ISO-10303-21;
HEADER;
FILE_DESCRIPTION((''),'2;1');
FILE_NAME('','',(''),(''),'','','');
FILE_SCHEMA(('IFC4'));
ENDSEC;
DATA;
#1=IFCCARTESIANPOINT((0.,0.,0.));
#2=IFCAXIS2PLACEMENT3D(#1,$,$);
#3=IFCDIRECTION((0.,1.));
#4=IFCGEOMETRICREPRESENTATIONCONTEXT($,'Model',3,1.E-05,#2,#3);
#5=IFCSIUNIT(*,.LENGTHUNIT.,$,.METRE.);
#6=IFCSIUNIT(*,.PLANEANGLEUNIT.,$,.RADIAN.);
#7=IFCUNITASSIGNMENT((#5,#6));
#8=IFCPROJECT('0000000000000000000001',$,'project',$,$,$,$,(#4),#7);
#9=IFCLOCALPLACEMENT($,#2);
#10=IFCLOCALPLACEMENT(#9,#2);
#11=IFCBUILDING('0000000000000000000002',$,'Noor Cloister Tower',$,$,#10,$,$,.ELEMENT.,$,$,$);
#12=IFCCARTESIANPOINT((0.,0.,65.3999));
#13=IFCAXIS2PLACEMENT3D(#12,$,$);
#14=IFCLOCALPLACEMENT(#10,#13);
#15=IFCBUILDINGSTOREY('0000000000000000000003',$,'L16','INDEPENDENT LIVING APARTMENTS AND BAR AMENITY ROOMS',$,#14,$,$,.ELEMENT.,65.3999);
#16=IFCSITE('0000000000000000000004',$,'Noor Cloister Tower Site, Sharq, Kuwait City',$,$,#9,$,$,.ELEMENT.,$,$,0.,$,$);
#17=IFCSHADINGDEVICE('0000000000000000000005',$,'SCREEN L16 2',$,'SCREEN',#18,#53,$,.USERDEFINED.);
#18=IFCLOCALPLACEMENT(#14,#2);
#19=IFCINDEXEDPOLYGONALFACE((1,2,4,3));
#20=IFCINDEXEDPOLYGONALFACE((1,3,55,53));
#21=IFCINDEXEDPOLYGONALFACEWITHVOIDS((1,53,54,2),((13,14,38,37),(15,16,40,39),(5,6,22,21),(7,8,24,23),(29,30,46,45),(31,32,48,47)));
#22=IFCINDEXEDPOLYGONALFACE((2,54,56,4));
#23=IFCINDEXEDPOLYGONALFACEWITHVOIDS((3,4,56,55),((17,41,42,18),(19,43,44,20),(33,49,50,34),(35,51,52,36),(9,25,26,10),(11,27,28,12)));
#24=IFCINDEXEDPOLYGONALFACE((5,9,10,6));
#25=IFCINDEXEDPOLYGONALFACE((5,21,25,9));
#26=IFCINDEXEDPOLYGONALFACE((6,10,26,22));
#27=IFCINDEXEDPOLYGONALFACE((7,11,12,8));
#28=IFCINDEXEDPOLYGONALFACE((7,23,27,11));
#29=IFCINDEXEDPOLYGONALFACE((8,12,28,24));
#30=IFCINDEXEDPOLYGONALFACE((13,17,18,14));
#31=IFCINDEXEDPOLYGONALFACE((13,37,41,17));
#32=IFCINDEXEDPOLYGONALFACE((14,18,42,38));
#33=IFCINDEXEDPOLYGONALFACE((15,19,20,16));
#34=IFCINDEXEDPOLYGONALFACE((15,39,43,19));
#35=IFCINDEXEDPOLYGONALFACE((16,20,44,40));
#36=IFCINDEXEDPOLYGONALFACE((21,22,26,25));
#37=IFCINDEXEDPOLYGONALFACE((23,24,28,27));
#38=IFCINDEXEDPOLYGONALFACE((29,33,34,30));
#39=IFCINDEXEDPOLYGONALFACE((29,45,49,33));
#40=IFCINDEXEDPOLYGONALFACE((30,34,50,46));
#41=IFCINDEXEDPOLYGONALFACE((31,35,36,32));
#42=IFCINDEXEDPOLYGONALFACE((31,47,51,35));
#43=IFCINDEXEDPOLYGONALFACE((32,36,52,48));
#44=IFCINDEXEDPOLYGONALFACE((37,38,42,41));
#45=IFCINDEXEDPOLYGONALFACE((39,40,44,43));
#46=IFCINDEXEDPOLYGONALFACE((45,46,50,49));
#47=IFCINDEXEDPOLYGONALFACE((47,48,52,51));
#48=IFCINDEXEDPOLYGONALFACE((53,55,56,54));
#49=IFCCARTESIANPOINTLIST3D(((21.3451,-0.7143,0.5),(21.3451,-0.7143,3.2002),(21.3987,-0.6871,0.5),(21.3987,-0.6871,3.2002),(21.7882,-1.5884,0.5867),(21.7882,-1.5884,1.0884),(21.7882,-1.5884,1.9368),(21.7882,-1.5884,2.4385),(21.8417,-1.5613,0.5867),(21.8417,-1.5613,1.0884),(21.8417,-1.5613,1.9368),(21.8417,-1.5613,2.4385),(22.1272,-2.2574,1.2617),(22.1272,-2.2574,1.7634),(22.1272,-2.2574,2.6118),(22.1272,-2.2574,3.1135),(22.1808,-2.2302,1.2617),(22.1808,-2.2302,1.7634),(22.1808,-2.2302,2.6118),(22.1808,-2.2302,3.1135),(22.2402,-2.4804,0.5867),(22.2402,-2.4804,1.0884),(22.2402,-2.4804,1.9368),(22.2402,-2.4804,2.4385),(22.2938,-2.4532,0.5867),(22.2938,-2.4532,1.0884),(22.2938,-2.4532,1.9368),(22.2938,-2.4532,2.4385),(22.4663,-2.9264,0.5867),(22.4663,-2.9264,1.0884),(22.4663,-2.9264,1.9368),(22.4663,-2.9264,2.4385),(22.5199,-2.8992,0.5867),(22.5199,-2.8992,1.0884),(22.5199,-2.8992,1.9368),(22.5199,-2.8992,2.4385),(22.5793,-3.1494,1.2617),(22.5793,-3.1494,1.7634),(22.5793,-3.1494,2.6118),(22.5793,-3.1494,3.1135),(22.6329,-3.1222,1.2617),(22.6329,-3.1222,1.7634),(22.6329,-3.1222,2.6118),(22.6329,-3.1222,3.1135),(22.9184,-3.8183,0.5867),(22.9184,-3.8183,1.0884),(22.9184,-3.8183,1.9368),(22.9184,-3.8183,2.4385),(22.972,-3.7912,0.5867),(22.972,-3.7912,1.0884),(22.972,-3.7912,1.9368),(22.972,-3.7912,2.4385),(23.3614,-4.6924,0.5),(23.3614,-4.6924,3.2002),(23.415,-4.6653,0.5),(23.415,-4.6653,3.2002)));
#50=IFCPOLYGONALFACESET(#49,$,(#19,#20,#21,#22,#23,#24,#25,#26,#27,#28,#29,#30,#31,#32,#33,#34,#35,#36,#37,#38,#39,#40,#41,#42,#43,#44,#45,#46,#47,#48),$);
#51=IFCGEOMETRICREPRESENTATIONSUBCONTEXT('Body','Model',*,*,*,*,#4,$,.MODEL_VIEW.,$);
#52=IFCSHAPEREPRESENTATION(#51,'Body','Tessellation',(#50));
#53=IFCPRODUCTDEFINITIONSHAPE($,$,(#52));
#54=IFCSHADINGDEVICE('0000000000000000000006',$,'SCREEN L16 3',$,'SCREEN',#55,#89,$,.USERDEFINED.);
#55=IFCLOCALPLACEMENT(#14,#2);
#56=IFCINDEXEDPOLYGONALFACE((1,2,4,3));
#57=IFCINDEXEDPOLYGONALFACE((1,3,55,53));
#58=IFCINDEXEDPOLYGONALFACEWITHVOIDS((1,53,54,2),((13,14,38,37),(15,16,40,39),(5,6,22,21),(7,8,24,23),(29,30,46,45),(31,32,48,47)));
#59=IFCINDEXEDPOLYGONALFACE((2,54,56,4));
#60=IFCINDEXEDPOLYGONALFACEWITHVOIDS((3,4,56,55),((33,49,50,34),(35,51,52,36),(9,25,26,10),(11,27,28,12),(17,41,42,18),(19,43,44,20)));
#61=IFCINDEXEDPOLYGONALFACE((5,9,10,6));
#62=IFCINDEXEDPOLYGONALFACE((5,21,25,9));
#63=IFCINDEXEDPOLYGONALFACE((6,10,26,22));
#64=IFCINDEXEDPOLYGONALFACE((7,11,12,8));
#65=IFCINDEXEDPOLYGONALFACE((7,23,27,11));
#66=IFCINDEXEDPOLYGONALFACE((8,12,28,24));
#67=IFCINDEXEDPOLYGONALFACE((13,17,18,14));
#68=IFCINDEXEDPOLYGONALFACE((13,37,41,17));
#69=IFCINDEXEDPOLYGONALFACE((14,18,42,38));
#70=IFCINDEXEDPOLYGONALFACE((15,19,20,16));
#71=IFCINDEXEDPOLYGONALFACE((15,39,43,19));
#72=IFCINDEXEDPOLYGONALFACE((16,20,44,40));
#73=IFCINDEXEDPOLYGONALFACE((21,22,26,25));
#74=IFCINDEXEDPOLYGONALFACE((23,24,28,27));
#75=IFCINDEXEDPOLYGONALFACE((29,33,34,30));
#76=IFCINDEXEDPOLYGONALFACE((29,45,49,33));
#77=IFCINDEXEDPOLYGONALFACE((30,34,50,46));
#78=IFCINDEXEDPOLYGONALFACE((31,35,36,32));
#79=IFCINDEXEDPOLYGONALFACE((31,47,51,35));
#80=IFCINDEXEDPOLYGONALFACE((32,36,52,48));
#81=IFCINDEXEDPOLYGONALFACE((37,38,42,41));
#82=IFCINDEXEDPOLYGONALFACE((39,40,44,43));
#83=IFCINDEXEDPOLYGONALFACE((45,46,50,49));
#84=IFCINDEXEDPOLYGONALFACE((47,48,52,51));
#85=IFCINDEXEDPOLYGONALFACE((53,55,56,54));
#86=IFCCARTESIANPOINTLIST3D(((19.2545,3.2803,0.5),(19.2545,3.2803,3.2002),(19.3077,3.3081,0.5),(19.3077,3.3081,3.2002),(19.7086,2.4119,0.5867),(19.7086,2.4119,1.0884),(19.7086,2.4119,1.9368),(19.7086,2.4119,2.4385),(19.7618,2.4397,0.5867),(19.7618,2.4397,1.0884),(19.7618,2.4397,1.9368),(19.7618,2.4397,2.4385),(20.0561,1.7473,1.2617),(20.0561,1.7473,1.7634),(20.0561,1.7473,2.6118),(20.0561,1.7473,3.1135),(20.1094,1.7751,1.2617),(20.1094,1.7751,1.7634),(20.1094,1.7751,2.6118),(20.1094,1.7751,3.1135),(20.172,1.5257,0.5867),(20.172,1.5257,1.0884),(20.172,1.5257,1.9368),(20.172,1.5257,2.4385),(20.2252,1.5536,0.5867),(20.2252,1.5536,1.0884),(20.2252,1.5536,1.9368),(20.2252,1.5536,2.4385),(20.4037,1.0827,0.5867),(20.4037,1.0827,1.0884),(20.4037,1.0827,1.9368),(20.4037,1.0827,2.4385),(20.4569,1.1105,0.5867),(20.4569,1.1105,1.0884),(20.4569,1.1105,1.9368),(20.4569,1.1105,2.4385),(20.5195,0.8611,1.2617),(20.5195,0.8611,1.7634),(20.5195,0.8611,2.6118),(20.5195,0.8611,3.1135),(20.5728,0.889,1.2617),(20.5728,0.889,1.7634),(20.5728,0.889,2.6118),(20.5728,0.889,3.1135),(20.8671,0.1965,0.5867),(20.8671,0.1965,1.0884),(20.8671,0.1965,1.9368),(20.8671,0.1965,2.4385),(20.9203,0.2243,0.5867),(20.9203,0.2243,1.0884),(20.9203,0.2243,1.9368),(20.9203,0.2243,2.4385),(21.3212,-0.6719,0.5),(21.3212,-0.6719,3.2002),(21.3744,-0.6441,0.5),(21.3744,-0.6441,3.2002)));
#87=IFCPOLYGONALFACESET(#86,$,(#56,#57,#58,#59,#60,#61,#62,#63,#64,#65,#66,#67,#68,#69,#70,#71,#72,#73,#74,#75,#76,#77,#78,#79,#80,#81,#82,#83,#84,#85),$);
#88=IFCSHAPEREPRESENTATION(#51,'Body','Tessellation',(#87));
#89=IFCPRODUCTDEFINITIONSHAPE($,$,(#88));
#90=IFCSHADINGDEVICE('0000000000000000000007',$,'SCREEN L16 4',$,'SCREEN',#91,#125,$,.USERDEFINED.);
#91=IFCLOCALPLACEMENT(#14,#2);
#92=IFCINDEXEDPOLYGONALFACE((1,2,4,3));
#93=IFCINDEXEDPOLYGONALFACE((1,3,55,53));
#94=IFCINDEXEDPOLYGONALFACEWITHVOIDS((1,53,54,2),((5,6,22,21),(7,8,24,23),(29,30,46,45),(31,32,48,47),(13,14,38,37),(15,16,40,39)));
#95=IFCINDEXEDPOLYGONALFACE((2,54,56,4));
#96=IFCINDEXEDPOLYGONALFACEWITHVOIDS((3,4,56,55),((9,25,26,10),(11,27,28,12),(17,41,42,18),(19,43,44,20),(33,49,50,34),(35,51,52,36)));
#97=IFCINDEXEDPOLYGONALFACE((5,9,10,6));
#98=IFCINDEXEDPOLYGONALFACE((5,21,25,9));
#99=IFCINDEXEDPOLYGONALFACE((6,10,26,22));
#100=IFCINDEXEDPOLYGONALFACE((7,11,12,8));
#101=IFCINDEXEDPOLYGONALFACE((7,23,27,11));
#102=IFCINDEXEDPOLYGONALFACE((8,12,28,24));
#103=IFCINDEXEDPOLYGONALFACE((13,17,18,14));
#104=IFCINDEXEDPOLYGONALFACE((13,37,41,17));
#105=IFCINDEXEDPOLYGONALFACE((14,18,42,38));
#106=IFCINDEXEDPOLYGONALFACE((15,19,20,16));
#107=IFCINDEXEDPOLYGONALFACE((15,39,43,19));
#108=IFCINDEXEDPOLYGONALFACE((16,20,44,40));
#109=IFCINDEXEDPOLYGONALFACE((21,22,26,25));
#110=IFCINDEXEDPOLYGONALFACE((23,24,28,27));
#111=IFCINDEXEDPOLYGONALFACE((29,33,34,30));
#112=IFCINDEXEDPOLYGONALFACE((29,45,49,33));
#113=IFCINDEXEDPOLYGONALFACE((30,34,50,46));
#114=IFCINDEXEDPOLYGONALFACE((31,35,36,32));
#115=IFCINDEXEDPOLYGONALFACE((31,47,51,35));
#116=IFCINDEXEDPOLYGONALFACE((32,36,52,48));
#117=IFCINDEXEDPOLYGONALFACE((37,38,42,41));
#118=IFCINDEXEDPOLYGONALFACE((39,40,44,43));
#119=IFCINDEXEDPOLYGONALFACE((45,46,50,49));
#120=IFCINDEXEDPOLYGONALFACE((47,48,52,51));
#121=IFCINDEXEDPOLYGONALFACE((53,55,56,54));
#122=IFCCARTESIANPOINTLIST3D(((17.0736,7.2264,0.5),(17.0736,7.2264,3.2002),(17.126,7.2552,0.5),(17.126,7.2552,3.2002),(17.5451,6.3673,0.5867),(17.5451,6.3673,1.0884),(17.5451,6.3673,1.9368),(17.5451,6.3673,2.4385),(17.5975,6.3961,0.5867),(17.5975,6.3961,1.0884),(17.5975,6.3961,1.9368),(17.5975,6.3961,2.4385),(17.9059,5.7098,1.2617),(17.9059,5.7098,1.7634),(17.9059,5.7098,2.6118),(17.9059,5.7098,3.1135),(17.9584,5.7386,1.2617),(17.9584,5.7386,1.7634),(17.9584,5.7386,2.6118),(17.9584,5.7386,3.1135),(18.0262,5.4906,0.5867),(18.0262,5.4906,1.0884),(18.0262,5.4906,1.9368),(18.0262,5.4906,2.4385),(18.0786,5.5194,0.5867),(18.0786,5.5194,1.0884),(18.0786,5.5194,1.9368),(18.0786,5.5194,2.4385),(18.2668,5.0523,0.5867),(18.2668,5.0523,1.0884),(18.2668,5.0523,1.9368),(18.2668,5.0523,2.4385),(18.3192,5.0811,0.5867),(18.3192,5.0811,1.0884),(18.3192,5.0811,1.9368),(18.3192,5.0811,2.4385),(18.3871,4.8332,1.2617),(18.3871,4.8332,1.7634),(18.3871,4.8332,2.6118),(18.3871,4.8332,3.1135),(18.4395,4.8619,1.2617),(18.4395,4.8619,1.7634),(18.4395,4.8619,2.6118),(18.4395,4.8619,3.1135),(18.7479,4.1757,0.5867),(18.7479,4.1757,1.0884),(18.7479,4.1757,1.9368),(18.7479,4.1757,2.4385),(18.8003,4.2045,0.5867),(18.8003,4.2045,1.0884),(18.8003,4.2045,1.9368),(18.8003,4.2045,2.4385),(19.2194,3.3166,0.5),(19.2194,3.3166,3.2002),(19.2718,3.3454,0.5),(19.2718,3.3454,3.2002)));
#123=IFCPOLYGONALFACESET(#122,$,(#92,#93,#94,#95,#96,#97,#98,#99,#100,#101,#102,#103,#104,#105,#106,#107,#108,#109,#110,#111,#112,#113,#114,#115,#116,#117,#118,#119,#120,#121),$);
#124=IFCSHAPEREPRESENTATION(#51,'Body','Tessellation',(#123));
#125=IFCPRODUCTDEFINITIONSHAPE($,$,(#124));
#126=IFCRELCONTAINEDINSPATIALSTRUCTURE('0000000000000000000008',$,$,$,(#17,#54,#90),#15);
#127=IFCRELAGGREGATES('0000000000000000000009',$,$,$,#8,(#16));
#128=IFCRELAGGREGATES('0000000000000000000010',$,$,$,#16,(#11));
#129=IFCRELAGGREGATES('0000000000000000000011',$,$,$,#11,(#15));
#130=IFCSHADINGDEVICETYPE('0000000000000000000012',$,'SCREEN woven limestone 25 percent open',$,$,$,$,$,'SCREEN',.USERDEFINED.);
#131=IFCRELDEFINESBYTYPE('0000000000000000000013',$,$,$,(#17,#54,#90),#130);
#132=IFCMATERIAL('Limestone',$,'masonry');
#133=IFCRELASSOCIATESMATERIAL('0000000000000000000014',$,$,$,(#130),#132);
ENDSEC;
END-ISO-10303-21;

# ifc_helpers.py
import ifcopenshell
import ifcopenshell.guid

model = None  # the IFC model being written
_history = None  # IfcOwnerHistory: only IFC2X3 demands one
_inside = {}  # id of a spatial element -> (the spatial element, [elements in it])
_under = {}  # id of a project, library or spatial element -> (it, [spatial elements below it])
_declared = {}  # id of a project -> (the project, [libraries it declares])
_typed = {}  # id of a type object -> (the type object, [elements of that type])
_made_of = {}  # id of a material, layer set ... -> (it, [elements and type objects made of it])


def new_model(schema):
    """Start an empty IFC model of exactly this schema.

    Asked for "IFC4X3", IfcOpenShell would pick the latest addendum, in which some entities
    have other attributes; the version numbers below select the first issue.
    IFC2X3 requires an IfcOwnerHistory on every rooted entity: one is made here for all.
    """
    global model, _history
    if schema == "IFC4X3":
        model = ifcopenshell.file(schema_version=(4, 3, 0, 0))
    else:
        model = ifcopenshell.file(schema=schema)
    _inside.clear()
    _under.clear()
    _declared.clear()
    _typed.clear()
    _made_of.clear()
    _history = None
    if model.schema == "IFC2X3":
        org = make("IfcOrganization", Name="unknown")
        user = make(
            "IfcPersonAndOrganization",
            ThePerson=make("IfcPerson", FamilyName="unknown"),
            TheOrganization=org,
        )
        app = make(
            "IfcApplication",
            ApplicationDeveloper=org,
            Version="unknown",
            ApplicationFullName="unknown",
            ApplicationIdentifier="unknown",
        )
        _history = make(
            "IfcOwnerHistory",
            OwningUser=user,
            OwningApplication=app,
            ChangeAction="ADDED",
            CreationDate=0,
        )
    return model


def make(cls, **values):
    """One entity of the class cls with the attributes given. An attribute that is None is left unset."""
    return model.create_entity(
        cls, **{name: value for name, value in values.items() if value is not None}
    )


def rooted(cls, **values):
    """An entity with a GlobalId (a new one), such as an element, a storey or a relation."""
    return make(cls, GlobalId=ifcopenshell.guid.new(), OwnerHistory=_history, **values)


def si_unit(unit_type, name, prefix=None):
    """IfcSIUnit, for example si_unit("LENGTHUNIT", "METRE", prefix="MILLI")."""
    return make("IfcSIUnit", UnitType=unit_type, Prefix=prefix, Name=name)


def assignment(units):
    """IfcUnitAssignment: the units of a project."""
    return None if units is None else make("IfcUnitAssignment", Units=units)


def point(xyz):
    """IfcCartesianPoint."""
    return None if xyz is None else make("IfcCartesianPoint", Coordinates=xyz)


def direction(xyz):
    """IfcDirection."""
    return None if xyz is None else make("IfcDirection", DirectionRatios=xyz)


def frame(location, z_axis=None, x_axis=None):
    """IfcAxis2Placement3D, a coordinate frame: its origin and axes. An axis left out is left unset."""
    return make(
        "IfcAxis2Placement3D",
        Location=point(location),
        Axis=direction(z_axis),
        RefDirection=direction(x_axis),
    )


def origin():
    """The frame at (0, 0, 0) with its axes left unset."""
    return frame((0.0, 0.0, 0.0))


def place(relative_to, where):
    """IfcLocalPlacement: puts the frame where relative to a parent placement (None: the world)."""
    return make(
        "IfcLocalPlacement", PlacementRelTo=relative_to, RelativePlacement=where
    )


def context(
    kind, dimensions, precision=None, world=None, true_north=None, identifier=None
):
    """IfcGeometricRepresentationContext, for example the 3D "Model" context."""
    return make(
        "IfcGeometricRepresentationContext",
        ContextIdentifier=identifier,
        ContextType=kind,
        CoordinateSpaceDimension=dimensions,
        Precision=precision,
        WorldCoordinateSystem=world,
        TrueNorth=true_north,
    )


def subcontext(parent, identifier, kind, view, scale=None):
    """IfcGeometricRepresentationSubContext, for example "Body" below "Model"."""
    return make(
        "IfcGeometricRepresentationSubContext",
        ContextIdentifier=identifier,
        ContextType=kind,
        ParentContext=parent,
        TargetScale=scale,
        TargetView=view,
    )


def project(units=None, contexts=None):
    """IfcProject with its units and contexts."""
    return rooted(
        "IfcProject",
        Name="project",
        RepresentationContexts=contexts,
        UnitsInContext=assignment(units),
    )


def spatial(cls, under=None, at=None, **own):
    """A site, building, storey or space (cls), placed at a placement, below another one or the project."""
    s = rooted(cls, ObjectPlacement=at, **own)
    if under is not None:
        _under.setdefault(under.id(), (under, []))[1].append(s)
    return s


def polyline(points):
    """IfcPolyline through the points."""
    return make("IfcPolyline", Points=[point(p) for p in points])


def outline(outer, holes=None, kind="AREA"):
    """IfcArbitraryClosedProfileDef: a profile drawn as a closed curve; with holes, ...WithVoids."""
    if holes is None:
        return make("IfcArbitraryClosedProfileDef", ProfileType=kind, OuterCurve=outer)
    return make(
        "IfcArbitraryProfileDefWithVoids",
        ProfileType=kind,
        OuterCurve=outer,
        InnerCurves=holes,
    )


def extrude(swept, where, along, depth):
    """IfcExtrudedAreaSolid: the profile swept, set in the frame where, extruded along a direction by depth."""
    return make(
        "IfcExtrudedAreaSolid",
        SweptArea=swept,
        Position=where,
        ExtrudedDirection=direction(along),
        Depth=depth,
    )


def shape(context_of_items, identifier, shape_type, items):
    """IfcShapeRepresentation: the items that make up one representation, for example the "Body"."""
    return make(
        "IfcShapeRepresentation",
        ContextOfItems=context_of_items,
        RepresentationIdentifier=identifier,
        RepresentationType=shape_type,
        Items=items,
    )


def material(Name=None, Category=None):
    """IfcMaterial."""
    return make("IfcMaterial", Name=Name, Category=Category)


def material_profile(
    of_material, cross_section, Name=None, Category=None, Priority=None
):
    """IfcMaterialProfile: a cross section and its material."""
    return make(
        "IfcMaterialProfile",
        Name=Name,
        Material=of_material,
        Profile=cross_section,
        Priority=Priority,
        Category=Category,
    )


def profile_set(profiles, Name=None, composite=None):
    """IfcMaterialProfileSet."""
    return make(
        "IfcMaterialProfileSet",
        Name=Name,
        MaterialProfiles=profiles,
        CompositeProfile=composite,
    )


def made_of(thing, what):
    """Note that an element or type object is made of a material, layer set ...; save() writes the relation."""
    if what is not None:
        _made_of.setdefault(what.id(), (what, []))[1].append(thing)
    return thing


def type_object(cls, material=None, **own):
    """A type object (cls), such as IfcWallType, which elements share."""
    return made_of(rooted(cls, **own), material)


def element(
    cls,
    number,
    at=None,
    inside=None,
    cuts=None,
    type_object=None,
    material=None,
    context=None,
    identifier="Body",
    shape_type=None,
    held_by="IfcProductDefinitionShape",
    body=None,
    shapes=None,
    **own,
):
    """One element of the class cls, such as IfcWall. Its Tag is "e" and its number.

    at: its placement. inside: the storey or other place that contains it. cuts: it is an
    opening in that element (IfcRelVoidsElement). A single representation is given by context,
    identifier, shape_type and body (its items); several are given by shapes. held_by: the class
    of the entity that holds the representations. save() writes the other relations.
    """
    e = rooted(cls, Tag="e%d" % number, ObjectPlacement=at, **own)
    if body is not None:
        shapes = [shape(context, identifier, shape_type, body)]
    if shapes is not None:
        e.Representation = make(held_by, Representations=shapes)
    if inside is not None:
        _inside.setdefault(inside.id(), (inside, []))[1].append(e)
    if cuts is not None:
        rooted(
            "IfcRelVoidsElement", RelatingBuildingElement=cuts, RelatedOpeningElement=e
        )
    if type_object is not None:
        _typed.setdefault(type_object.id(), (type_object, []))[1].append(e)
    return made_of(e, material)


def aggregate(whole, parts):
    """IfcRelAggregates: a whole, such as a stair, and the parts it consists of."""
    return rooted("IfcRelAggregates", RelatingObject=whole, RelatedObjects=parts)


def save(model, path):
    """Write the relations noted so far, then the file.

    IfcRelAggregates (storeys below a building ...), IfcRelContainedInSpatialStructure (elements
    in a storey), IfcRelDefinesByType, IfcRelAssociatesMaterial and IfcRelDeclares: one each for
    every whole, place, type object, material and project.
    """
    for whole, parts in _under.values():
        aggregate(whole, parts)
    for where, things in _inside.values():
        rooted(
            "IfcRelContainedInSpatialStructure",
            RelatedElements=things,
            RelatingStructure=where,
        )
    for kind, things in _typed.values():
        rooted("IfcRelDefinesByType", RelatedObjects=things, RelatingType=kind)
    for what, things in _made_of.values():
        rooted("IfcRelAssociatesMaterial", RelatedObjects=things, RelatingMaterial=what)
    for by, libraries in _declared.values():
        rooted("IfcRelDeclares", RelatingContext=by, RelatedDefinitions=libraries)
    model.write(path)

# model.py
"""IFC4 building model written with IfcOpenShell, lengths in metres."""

from ifc_helpers import new_model, si_unit, direction, frame, origin, place, context, subcontext, project, spatial, polyline, outline, extrude, material, material_profile, profile_set, type_object, element, save


model = new_model("IFC4")

# Units and contexts
model_context = context("Model", 3, precision=1e-05, world=origin(), true_north=direction((0.0, 1.0)))
body_context = subcontext(model_context, "Body", "Model", "MODEL_VIEW")
ifc_project = project(units=[si_unit("LENGTHUNIT", "METRE"), si_unit("PLANEANGLEUNIT", "RADIAN")], contexts=[model_context])

# Site, building, storey
site_placement = place(None, origin())
site = spatial("IfcSite", under=ifc_project, at=site_placement, Name="Noor Cloister Tower Site, Sharq, Kuwait City", CompositionType="ELEMENT", RefElevation=0.0)
building_placement = place(site_placement, origin())
building = spatial("IfcBuilding", under=site, at=building_placement, Name="Noor Cloister Tower", CompositionType="ELEMENT")
storey_placement = place(building_placement, frame((0.0, 0.0, 65.3999)))
storey = spatial("IfcBuildingStorey", under=building, at=storey_placement, Name="L16", Description="INDEPENDENT LIVING APARTMENTS AND BAR AMENITY ROOMS", CompositionType="ELEMENT", Elevation=65.3999)

# Shading devices
ifc_material_1 = material(Name="Limestone", Category="masonry")
ifc_material_profile_1 = material_profile(ifc_material_1, outline(polyline([(-2.23, -1.3501), (2.23, -1.3501), (2.23, 1.3501), (-2.23, 1.3501), (-2.23, -1.3501)]), holes=[polyline([(-1.25, -1.2634), (-0.25, -1.2634), (-0.25, -0.7617), (-1.25, -0.7617), (-1.25, -1.2634)]), polyline([(0.25, -1.2634), (1.25, -1.2634), (1.25, -0.7617), (0.25, -0.7617), (0.25, -1.2634)]), polyline([(-0.5, -0.5884), (0.5, -0.5884), (0.5, -0.0867), (-0.5, -0.0867), (-0.5, -0.5884)]), polyline([(-1.25, 0.0867), (-0.25, 0.0867), (-0.25, 0.5884), (-1.25, 0.5884), (-1.25, 0.0867)]), polyline([(0.25, 0.0867), (1.25, 0.0867), (1.25, 0.5884), (0.25, 0.5884), (0.25, 0.0867)]), polyline([(-0.5, 0.7617), (0.5, 0.7617), (0.5, 1.2634), (-0.5, 1.2634), (-0.5, 0.7617)])]), Name="Woven screen 25 percent open")
ifc_profile_set_1 = profile_set([ifc_material_profile_1], Name="Limestone")
shading_device_type = type_object("IfcShadingDeviceType", Name="SCREEN woven limestone 25 percent open", ElementType="SCREEN", PredefinedType="USERDEFINED", material=ifc_profile_set_1)
for number, where, z_axis, x_axis, name in (
    (1, (22.3533, -2.7034, 1.8501), (0.89197, 0.452094, 0.0), (-0.452094, 0.89197, 0.0), "SCREEN L16 2"),
    (2, (20.2878, 1.3042, 1.8501), (0.88615, 0.463399, 0.0), (-0.463399, 0.88615, 0.0), "SCREEN L16 3"),
):
    element("IfcShadingDevice", number, at=place(storey_placement, frame(where, z_axis=z_axis, x_axis=x_axis)), inside=storey, type_object=shading_device_type, Name=name, ObjectType="SCREEN", PredefinedType="USERDEFINED", context=body_context, shape_type="SweptSolid", body=[
        extrude(outline(polyline([(-2.23, -1.3501), (2.23, -1.3501), (2.23, 1.3501), (-2.23, 1.3501), (-2.23, -1.3501)]), holes=[polyline([(-1.25, -1.2634), (-0.25, -1.2634), (-0.25, -0.7617), (-1.25, -0.7617), (-1.25, -1.2634)]), polyline([(0.25, -1.2634), (1.25, -1.2634), (1.25, -0.7617), (0.25, -0.7617), (0.25, -1.2634)]), polyline([(-0.5, -0.5884), (0.5, -0.5884), (0.5, -0.0867), (-0.5, -0.0867), (-0.5, -0.5884)]), polyline([(-1.25, 0.0867), (-0.25, 0.0867), (-0.25, 0.5884), (-1.25, 0.5884), (-1.25, 0.0867)]), polyline([(0.25, 0.0867), (1.25, 0.0867), (1.25, 0.5884), (0.25, 0.5884), (0.25, 0.0867)]), polyline([(-0.5, 0.7617), (0.5, 0.7617), (0.5, 1.2634), (-0.5, 1.2634), (-0.5, 0.7617)])]), origin(), (0.0, 0.0, 1.0), 0.0601),
    ])
shading_device_placement = place(storey_placement, frame((18.1465, 5.2715, 1.8501), z_axis=(0.876646, 0.481136, 0.0), x_axis=(-0.481136, 0.876646, 0.0)))
element("IfcShadingDevice", 3, at=shading_device_placement, inside=storey, type_object=shading_device_type, Name="SCREEN L16 4", ObjectType="SCREEN", PredefinedType="USERDEFINED", context=body_context, shape_type="SweptSolid", body=[
    extrude(outline(polyline([(-2.23, -1.3501), (2.23, -1.3501), (2.23, 1.3501), (-2.23, 1.3501), (-2.23, -1.3501)]), holes=[polyline([(-1.25, -1.2634), (-0.25, -1.2634), (-0.25, -0.7617), (-1.25, -0.7617), (-1.25, -1.2634)]), polyline([(0.25, -1.2634), (1.25, -1.2634), (1.25, -0.7617), (0.25, -0.7617), (0.25, -1.2634)]), polyline([(-0.5, -0.5884), (0.5, -0.5884), (0.5, -0.0867), (-0.5, -0.0867), (-0.5, -0.5884)]), polyline([(-1.25, 0.0867), (-0.25, 0.0867), (-0.25, 0.5884), (-1.25, 0.5884), (-1.25, 0.0867)]), polyline([(0.25, 0.0867), (1.25, 0.0867), (1.25, 0.5884), (0.25, 0.5884), (0.25, 0.0867)]), polyline([(-0.5, 0.7617), (0.5, 0.7617), (0.5, 1.2634), (-0.5, 1.2634), (-0.5, 0.7617)])]), origin(), (0.0, 0.0, 1.0), 0.0598),
])

save(model, "model.ifc")
